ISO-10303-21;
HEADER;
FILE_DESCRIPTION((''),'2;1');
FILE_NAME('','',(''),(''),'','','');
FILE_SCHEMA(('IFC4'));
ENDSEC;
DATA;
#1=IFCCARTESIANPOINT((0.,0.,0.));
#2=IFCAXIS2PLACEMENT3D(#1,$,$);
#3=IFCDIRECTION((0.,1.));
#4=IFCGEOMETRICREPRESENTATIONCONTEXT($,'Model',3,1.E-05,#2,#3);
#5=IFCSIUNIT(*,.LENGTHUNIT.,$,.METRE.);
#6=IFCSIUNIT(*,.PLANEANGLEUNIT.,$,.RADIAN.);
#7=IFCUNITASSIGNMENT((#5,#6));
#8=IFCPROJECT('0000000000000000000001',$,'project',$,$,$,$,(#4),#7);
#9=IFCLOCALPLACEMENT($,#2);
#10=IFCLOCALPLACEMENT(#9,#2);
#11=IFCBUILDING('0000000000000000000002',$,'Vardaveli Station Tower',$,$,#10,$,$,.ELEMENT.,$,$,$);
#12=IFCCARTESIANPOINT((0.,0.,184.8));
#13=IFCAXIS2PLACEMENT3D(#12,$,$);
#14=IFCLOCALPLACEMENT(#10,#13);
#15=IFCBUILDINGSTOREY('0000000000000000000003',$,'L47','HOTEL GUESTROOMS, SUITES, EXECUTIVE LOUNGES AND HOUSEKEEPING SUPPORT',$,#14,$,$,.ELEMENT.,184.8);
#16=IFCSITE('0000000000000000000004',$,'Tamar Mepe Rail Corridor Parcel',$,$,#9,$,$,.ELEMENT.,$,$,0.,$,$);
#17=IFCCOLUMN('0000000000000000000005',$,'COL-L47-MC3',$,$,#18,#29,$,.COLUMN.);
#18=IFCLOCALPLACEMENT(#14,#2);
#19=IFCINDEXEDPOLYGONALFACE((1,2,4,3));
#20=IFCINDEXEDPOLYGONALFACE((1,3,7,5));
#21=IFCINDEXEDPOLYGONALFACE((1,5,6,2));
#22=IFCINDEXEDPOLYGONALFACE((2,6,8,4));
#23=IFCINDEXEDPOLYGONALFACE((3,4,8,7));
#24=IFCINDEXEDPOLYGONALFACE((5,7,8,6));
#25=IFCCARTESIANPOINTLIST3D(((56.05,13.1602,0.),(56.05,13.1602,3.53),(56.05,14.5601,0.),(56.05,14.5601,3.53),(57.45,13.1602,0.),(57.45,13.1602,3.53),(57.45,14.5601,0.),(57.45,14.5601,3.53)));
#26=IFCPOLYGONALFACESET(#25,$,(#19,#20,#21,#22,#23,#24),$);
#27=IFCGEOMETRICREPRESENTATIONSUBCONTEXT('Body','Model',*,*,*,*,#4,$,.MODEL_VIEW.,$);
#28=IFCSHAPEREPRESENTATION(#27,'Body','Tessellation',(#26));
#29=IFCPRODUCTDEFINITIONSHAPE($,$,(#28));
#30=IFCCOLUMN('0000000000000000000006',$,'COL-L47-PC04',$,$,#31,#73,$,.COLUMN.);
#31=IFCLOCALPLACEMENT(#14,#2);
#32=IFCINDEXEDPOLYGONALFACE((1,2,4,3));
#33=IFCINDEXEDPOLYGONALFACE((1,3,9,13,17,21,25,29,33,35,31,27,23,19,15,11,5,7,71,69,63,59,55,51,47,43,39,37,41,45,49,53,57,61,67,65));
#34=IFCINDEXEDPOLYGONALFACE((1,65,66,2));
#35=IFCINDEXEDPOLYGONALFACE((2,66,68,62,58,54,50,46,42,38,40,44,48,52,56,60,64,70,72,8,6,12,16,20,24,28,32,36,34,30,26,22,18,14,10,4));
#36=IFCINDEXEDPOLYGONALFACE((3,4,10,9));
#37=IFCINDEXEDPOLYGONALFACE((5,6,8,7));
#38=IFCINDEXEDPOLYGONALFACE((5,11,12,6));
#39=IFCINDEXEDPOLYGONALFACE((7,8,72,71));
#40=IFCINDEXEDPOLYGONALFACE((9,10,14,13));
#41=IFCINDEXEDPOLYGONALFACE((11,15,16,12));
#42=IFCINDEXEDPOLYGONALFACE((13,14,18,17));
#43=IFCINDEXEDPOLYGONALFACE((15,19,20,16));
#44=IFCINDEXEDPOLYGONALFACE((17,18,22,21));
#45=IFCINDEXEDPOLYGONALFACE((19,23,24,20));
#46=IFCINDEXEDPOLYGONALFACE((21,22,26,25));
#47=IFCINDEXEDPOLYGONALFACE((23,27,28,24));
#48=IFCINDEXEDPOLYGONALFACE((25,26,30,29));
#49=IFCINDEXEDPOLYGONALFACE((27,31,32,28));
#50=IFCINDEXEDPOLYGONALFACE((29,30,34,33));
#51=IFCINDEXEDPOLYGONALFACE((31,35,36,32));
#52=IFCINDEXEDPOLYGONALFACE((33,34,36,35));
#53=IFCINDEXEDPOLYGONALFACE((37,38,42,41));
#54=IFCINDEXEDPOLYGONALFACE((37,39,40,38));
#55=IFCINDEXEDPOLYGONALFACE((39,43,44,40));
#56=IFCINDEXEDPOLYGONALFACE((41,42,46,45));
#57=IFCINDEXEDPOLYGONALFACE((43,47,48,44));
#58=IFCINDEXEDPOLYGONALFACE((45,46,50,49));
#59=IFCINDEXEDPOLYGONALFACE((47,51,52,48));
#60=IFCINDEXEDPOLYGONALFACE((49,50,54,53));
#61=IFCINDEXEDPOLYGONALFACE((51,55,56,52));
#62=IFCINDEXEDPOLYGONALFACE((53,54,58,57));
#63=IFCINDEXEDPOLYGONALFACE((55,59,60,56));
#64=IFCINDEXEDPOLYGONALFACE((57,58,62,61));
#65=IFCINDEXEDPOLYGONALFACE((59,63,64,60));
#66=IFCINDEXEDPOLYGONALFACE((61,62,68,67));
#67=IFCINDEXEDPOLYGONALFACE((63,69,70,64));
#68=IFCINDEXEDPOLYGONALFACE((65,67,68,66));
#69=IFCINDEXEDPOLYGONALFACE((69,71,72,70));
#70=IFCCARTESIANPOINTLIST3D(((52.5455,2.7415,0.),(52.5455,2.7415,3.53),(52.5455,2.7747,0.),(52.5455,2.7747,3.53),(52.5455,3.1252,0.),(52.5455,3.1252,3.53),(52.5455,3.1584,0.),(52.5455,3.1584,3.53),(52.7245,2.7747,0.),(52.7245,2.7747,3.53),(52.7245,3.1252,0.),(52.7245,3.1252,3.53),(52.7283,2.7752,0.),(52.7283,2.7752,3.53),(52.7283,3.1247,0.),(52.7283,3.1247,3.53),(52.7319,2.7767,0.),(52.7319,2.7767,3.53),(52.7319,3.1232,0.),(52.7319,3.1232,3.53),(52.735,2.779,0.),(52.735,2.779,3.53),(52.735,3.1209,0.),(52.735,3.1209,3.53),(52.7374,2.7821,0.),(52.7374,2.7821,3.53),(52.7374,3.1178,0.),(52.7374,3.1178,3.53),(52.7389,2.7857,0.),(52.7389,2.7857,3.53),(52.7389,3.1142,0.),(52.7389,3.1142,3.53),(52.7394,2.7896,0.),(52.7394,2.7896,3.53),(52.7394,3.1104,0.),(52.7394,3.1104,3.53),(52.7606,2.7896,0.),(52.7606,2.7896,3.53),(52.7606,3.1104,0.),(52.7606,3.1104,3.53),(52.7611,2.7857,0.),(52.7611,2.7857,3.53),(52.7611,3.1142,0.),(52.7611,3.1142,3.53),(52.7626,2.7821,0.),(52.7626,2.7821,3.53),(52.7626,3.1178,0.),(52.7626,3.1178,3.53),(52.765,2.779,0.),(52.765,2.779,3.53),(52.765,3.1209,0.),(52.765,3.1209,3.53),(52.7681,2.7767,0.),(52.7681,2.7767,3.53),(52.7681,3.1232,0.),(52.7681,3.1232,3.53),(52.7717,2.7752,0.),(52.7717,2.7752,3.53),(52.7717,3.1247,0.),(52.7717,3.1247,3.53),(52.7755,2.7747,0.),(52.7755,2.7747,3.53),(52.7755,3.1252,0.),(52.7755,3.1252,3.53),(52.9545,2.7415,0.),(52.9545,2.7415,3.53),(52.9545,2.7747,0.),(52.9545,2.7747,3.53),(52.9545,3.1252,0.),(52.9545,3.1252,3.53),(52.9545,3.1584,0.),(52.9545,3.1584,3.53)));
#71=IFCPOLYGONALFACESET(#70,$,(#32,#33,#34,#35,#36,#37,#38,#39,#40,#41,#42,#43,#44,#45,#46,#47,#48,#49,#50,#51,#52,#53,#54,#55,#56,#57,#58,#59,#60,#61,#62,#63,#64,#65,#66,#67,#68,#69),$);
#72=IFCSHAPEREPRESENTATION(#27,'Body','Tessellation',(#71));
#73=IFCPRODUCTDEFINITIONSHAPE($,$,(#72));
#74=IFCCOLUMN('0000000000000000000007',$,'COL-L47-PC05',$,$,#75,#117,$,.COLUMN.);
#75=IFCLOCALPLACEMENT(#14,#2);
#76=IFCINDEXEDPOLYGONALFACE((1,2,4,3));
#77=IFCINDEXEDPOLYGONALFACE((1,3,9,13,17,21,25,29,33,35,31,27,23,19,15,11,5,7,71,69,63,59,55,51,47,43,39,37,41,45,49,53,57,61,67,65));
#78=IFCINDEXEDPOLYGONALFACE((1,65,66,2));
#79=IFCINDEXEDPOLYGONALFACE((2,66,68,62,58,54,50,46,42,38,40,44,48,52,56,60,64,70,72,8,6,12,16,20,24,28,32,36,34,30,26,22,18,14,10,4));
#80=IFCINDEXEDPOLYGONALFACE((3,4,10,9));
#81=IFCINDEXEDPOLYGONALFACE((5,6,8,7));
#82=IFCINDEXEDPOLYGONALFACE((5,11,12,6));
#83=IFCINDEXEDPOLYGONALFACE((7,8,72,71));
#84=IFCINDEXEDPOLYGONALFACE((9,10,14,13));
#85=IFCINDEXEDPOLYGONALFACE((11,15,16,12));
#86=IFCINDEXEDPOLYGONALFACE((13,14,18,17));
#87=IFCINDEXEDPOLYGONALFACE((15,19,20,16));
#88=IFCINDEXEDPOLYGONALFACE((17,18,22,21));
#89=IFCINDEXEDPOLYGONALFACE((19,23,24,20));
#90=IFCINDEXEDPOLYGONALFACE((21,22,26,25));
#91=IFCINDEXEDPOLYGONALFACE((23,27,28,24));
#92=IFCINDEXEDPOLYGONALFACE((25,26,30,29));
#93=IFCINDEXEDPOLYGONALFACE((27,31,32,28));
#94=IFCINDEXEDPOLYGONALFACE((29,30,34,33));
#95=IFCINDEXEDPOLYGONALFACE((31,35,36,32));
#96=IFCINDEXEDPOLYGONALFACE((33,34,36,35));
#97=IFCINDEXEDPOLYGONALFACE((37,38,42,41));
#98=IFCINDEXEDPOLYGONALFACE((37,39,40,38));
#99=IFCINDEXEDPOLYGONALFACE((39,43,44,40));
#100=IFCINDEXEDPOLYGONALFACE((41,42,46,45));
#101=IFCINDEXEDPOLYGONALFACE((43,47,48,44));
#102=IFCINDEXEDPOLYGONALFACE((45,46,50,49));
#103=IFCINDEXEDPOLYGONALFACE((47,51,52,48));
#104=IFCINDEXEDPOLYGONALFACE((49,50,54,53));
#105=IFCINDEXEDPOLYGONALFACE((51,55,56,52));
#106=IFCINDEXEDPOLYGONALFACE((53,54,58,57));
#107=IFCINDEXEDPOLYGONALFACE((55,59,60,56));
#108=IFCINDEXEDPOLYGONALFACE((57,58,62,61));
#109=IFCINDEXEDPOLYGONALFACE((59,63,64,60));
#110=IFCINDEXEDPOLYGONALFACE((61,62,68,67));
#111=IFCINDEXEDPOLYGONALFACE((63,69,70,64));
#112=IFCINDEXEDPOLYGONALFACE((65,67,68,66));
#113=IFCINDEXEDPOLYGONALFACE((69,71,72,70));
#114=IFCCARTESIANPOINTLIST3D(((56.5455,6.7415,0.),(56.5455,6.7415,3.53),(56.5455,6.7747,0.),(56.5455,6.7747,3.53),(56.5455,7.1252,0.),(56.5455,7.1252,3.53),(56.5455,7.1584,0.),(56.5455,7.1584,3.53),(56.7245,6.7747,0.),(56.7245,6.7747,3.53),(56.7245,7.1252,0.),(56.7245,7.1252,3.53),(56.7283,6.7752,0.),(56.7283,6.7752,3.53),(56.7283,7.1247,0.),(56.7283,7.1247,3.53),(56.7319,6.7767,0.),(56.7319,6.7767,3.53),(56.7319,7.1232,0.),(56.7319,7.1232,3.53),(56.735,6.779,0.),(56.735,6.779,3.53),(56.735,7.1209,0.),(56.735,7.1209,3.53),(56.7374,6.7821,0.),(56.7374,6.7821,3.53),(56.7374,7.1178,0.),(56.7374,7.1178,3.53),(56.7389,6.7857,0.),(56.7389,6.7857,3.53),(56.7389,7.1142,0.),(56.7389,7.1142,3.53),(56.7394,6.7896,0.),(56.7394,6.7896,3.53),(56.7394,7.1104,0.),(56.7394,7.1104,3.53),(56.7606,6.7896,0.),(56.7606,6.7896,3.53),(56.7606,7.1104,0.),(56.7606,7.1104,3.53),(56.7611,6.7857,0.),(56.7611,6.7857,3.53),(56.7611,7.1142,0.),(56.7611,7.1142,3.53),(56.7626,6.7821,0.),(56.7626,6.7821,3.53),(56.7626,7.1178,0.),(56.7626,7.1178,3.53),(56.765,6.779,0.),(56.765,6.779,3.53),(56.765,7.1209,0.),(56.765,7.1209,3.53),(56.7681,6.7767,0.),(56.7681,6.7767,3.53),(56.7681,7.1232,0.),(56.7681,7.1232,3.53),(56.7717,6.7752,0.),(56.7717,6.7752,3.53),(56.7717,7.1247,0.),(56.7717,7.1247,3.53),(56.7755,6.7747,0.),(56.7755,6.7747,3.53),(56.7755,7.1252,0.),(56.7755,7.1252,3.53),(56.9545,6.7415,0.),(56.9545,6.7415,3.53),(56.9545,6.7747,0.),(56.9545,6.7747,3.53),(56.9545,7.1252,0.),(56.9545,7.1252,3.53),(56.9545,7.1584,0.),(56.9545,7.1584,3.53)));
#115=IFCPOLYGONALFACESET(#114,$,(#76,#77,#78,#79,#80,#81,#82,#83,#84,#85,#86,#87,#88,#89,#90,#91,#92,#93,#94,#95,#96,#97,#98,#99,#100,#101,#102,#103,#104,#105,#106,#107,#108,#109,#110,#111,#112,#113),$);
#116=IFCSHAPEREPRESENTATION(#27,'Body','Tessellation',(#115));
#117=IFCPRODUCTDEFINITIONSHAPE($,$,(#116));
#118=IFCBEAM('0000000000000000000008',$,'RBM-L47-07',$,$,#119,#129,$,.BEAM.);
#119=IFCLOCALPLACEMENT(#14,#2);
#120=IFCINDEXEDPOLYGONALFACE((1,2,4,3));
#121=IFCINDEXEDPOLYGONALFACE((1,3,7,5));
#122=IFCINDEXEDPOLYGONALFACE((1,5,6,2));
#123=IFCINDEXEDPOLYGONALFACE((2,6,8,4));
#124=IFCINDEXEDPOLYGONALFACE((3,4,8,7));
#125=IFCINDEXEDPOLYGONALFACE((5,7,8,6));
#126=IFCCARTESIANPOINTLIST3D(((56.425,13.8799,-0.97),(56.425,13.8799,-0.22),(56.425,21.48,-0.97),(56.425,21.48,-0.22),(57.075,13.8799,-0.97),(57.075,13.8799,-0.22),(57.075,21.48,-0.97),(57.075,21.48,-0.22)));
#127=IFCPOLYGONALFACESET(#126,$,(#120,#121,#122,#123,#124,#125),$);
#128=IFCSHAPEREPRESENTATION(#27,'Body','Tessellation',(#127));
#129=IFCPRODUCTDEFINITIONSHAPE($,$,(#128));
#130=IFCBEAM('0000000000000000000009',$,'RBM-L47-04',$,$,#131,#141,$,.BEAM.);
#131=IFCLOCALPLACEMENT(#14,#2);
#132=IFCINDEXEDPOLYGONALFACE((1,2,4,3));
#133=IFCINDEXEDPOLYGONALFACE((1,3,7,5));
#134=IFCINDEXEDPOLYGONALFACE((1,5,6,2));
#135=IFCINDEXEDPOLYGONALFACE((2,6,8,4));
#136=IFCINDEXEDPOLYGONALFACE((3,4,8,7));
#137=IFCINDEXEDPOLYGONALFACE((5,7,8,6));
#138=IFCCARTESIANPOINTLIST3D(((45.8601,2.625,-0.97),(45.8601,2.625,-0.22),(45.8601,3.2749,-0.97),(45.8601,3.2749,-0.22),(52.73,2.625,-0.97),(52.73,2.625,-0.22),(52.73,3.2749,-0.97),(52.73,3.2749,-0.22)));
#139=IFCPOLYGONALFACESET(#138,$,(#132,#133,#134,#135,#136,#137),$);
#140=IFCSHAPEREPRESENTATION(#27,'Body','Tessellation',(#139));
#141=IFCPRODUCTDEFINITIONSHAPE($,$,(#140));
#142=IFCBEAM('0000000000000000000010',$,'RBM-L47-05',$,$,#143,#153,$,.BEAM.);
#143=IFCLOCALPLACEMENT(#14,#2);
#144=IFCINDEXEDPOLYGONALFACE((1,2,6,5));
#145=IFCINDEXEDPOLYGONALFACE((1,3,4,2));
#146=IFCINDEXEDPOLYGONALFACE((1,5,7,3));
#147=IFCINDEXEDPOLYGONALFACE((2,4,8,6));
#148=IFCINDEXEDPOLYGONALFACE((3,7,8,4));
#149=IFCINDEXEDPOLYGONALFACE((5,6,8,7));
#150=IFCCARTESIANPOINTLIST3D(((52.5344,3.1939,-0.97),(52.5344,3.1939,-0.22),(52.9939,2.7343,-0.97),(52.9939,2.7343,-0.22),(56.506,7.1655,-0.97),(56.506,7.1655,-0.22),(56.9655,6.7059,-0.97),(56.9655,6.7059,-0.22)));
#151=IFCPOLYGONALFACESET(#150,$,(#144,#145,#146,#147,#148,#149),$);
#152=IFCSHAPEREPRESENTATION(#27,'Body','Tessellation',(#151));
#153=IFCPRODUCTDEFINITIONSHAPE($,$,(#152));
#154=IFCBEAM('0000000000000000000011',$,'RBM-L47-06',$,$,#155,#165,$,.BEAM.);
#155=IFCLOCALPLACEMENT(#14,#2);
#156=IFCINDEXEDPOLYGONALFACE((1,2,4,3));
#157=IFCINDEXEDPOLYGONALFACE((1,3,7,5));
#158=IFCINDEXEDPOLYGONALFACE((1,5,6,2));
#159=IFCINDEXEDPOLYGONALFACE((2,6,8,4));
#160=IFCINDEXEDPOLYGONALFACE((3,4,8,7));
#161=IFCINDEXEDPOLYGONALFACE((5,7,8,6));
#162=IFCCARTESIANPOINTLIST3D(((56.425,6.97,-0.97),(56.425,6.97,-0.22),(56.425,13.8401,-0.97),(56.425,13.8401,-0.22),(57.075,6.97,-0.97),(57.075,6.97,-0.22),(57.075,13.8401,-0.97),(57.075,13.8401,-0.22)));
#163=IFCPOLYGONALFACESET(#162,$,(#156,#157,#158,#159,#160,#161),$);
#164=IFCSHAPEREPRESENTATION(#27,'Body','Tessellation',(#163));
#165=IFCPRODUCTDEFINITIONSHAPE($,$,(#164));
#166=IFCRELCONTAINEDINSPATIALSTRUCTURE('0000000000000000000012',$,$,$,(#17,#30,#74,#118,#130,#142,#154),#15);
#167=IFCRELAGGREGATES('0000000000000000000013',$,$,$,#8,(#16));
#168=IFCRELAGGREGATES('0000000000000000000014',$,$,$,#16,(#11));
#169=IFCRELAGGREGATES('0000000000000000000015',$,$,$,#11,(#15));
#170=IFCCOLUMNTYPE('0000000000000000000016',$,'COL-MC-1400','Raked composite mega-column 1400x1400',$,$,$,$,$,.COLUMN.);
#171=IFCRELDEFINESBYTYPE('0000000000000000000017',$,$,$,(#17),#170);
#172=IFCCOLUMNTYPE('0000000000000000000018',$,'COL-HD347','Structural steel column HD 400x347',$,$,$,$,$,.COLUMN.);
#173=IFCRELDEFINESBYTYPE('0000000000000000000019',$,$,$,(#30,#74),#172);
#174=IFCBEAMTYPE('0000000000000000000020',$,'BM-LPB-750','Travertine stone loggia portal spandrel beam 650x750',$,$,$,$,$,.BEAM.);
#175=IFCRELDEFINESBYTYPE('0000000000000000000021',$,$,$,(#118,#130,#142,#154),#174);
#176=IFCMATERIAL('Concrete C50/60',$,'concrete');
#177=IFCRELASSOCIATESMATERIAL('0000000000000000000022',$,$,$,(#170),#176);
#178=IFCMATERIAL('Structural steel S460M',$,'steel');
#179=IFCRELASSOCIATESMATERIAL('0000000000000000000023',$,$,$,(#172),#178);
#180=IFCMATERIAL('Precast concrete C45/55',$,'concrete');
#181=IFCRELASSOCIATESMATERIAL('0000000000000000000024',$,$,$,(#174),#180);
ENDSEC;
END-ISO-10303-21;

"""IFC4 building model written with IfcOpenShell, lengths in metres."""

from ifc_helpers import new_model, si_unit, direction, frame, origin, origin_2d, place, context, subcontext, project, spatial, rectangle, i_section, extrude, source, transform, mapped, material, material_profile, profile_set, type_object, element, save


model = new_model("IFC4")

# Units and contexts
model_context = context("Model", 3, precision=1e-05, world=origin(), true_north=direction((0.0, 1.0)))
body_context = subcontext(model_context, "Body", "Model", "MODEL_VIEW")
ifc_project = project(units=[si_unit("LENGTHUNIT", "METRE"), si_unit("PLANEANGLEUNIT", "RADIAN")], contexts=[model_context])

# Site, building, storey
site_placement = place(None, origin())
site = spatial("IfcSite", under=ifc_project, at=site_placement, Name="Tamar Mepe Rail Corridor Parcel", CompositionType="ELEMENT", RefElevation=0.0)
building_placement = place(site_placement, origin())
building = spatial("IfcBuilding", under=site, at=building_placement, Name="Vardaveli Station Tower", CompositionType="ELEMENT")
storey_placement = place(building_placement, frame((0.0, 0.0, 184.8)))
storey = spatial("IfcBuildingStorey", under=building, at=storey_placement, Name="L47", Description="HOTEL GUESTROOMS, SUITES, EXECUTIVE LOUNGES AND HOUSEKEEPING SUPPORT", CompositionType="ELEMENT", Elevation=184.8)

# Columns
ifc_material_1 = material(Name="Concrete C50/60", Category="concrete")
ifc_material_profile_1 = material_profile(ifc_material_1, rectangle(XDim=1.3999, YDim=1.3999, at=origin_2d()), Name="MC 1400x1400")
ifc_profile_set_1 = profile_set([ifc_material_profile_1], Name="Concrete C50/60")
column_type_1 = type_object("IfcColumnType", Name="COL-MC-1400", Description="Raked composite mega-column 1400x1400", PredefinedType="COLUMN", material=ifc_profile_set_1)
shared_shape_1 = source(origin(), body_context, "Body", "SweptSolid", [
    extrude(rectangle(XDim=1.3999, YDim=1.3999, at=origin_2d()), origin(), (0.0, 0.0, 1.0), 3.53),
])
column_placement = place(storey_placement, frame((56.75, 13.8601, 0.0), z_axis=(0.0, 0.0, 1.0), x_axis=(1.0, 0.0, 0.0)))
element("IfcColumn", 1, at=column_placement, inside=storey, type_object=column_type_1, Name="COL-L47-MC3", PredefinedType="COLUMN", context=body_context, shape_type="MappedRepresentation", body=[
    mapped(shared_shape_1, transform((0.0, 0.0, 0.0), scale=1.0)),
])
ifc_material_2 = material(Name="Structural steel S460M", Category="steel")
ifc_material_profile_2 = material_profile(ifc_material_2, i_section(OverallWidth=0.4089, OverallDepth=0.417, WebThickness=0.0212, FlangeThickness=0.0332, FilletRadius=0.0149, at=origin_2d()), Name="HD 400x347")
ifc_profile_set_2 = profile_set([ifc_material_profile_2], Name="Structural steel S460M")
column_type_2 = type_object("IfcColumnType", Name="COL-HD347", Description="Structural steel column HD 400x347", PredefinedType="COLUMN", material=ifc_profile_set_2)
shared_shape_2 = source(origin(), body_context, "Body", "SweptSolid", [
    extrude(i_section(OverallWidth=0.4089, OverallDepth=0.417, WebThickness=0.0212, FlangeThickness=0.0332, FilletRadius=0.0149, at=origin_2d()), origin(), (0.0, 0.0, 1.0), 3.53),
])
for number, where, z_axis, x_axis, name in (
    (2, (52.75, 2.95, 0.0), (0.0, 0.0, 1.0), (1.0, 0.0, 0.0), "COL-L47-PC04"),
    (3, (56.75, 6.95, 0.0), (0.0, 0.0, 1.0), (1.0, 0.0, 0.0), "COL-L47-PC05"),
):
    element("IfcColumn", number, at=place(storey_placement, frame(where, z_axis=z_axis, x_axis=x_axis)), inside=storey, type_object=column_type_2, Name=name, PredefinedType="COLUMN", context=body_context, shape_type="MappedRepresentation", body=[
        mapped(shared_shape_2, transform((0.0, 0.0, 0.0), scale=1.0)),
    ])

# Beams
ifc_material_3 = material(Name="Precast concrete C45/55", Category="concrete")
ifc_material_profile_3 = material_profile(ifc_material_3, rectangle(XDim=0.6499, YDim=0.75, at=origin_2d()), Name="LPB 650x750")
ifc_profile_set_3 = profile_set([ifc_material_profile_3], Name="Precast concrete C45/55")
beam_type_1 = type_object("IfcBeamType", Name="BM-LPB-750", Description="Travertine stone loggia portal spandrel beam 650x750", PredefinedType="BEAM", material=ifc_profile_set_3)
shared_shape_3 = source(origin(), body_context, "Body", "SweptSolid", [
    extrude(rectangle(XDim=0.6499, YDim=0.75, at=origin_2d()), origin(), (0.0, 0.0, 1.0), 7.6001),
])
beam_1_placement = place(storey_placement, frame((56.75, 13.8799, -0.595), z_axis=(0.0, 1.0, 0.0), x_axis=(-1.0, 0.0, 0.0)))
element("IfcBeam", 4, at=beam_1_placement, inside=storey, type_object=beam_type_1, Name="RBM-L47-07", PredefinedType="BEAM", context=body_context, shape_type="MappedRepresentation", body=[
    mapped(shared_shape_3, transform((0.0, 0.0, 0.0), scale=1.0)),
])
shared_shape_4 = source(origin(), body_context, "Body", "SweptSolid", [
    extrude(rectangle(XDim=0.6499, YDim=0.75, at=origin_2d()), origin(), (0.0, 0.0, 1.0), 6.8699),
])
beam_2_placement = place(storey_placement, frame((45.8601, 2.95, -0.595), z_axis=(1.0, 0.0, 0.0), x_axis=(0.0, 1.0, 0.0)))
element("IfcBeam", 5, at=beam_2_placement, inside=storey, type_object=beam_type_1, Name="RBM-L47-04", PredefinedType="BEAM", context=body_context, shape_type="MappedRepresentation", body=[
    mapped(shared_shape_4, transform((0.0, 0.0, 0.0), scale=1.0)),
])
shared_shape_5 = source(origin(), body_context, "Body", "SweptSolid", [
    extrude(rectangle(XDim=0.6499, YDim=0.75, at=origin_2d()), origin(), (0.0, 0.0, 1.0), 5.6167),
])
beam_3_placement = place(storey_placement, frame((52.7642, 2.9641, -0.595), z_axis=(0.707107, 0.707107, 0.0), x_axis=(-0.707107, 0.707107, 0.0)))
element("IfcBeam", 6, at=beam_3_placement, inside=storey, type_object=beam_type_1, Name="RBM-L47-05", PredefinedType="BEAM", context=body_context, shape_type="MappedRepresentation", body=[
    mapped(shared_shape_5, transform((0.0, 0.0, 0.0), scale=1.0)),
])
shared_shape_6 = source(origin(), body_context, "Body", "SweptSolid", [
    extrude(rectangle(XDim=0.6499, YDim=0.75, at=origin_2d()), origin(), (0.0, 0.0, 1.0), 6.8701),
])
beam_4_placement = place(storey_placement, frame((56.75, 6.97, -0.595), z_axis=(0.0, 1.0, 0.0), x_axis=(-1.0, 0.0, 0.0)))
element("IfcBeam", 7, at=beam_4_placement, inside=storey, type_object=beam_type_1, Name="RBM-L47-06", PredefinedType="BEAM", context=body_context, shape_type="MappedRepresentation", body=[
    mapped(shared_shape_6, transform((0.0, 0.0, 0.0), scale=1.0)),
])

save(model, "model.ifc")
